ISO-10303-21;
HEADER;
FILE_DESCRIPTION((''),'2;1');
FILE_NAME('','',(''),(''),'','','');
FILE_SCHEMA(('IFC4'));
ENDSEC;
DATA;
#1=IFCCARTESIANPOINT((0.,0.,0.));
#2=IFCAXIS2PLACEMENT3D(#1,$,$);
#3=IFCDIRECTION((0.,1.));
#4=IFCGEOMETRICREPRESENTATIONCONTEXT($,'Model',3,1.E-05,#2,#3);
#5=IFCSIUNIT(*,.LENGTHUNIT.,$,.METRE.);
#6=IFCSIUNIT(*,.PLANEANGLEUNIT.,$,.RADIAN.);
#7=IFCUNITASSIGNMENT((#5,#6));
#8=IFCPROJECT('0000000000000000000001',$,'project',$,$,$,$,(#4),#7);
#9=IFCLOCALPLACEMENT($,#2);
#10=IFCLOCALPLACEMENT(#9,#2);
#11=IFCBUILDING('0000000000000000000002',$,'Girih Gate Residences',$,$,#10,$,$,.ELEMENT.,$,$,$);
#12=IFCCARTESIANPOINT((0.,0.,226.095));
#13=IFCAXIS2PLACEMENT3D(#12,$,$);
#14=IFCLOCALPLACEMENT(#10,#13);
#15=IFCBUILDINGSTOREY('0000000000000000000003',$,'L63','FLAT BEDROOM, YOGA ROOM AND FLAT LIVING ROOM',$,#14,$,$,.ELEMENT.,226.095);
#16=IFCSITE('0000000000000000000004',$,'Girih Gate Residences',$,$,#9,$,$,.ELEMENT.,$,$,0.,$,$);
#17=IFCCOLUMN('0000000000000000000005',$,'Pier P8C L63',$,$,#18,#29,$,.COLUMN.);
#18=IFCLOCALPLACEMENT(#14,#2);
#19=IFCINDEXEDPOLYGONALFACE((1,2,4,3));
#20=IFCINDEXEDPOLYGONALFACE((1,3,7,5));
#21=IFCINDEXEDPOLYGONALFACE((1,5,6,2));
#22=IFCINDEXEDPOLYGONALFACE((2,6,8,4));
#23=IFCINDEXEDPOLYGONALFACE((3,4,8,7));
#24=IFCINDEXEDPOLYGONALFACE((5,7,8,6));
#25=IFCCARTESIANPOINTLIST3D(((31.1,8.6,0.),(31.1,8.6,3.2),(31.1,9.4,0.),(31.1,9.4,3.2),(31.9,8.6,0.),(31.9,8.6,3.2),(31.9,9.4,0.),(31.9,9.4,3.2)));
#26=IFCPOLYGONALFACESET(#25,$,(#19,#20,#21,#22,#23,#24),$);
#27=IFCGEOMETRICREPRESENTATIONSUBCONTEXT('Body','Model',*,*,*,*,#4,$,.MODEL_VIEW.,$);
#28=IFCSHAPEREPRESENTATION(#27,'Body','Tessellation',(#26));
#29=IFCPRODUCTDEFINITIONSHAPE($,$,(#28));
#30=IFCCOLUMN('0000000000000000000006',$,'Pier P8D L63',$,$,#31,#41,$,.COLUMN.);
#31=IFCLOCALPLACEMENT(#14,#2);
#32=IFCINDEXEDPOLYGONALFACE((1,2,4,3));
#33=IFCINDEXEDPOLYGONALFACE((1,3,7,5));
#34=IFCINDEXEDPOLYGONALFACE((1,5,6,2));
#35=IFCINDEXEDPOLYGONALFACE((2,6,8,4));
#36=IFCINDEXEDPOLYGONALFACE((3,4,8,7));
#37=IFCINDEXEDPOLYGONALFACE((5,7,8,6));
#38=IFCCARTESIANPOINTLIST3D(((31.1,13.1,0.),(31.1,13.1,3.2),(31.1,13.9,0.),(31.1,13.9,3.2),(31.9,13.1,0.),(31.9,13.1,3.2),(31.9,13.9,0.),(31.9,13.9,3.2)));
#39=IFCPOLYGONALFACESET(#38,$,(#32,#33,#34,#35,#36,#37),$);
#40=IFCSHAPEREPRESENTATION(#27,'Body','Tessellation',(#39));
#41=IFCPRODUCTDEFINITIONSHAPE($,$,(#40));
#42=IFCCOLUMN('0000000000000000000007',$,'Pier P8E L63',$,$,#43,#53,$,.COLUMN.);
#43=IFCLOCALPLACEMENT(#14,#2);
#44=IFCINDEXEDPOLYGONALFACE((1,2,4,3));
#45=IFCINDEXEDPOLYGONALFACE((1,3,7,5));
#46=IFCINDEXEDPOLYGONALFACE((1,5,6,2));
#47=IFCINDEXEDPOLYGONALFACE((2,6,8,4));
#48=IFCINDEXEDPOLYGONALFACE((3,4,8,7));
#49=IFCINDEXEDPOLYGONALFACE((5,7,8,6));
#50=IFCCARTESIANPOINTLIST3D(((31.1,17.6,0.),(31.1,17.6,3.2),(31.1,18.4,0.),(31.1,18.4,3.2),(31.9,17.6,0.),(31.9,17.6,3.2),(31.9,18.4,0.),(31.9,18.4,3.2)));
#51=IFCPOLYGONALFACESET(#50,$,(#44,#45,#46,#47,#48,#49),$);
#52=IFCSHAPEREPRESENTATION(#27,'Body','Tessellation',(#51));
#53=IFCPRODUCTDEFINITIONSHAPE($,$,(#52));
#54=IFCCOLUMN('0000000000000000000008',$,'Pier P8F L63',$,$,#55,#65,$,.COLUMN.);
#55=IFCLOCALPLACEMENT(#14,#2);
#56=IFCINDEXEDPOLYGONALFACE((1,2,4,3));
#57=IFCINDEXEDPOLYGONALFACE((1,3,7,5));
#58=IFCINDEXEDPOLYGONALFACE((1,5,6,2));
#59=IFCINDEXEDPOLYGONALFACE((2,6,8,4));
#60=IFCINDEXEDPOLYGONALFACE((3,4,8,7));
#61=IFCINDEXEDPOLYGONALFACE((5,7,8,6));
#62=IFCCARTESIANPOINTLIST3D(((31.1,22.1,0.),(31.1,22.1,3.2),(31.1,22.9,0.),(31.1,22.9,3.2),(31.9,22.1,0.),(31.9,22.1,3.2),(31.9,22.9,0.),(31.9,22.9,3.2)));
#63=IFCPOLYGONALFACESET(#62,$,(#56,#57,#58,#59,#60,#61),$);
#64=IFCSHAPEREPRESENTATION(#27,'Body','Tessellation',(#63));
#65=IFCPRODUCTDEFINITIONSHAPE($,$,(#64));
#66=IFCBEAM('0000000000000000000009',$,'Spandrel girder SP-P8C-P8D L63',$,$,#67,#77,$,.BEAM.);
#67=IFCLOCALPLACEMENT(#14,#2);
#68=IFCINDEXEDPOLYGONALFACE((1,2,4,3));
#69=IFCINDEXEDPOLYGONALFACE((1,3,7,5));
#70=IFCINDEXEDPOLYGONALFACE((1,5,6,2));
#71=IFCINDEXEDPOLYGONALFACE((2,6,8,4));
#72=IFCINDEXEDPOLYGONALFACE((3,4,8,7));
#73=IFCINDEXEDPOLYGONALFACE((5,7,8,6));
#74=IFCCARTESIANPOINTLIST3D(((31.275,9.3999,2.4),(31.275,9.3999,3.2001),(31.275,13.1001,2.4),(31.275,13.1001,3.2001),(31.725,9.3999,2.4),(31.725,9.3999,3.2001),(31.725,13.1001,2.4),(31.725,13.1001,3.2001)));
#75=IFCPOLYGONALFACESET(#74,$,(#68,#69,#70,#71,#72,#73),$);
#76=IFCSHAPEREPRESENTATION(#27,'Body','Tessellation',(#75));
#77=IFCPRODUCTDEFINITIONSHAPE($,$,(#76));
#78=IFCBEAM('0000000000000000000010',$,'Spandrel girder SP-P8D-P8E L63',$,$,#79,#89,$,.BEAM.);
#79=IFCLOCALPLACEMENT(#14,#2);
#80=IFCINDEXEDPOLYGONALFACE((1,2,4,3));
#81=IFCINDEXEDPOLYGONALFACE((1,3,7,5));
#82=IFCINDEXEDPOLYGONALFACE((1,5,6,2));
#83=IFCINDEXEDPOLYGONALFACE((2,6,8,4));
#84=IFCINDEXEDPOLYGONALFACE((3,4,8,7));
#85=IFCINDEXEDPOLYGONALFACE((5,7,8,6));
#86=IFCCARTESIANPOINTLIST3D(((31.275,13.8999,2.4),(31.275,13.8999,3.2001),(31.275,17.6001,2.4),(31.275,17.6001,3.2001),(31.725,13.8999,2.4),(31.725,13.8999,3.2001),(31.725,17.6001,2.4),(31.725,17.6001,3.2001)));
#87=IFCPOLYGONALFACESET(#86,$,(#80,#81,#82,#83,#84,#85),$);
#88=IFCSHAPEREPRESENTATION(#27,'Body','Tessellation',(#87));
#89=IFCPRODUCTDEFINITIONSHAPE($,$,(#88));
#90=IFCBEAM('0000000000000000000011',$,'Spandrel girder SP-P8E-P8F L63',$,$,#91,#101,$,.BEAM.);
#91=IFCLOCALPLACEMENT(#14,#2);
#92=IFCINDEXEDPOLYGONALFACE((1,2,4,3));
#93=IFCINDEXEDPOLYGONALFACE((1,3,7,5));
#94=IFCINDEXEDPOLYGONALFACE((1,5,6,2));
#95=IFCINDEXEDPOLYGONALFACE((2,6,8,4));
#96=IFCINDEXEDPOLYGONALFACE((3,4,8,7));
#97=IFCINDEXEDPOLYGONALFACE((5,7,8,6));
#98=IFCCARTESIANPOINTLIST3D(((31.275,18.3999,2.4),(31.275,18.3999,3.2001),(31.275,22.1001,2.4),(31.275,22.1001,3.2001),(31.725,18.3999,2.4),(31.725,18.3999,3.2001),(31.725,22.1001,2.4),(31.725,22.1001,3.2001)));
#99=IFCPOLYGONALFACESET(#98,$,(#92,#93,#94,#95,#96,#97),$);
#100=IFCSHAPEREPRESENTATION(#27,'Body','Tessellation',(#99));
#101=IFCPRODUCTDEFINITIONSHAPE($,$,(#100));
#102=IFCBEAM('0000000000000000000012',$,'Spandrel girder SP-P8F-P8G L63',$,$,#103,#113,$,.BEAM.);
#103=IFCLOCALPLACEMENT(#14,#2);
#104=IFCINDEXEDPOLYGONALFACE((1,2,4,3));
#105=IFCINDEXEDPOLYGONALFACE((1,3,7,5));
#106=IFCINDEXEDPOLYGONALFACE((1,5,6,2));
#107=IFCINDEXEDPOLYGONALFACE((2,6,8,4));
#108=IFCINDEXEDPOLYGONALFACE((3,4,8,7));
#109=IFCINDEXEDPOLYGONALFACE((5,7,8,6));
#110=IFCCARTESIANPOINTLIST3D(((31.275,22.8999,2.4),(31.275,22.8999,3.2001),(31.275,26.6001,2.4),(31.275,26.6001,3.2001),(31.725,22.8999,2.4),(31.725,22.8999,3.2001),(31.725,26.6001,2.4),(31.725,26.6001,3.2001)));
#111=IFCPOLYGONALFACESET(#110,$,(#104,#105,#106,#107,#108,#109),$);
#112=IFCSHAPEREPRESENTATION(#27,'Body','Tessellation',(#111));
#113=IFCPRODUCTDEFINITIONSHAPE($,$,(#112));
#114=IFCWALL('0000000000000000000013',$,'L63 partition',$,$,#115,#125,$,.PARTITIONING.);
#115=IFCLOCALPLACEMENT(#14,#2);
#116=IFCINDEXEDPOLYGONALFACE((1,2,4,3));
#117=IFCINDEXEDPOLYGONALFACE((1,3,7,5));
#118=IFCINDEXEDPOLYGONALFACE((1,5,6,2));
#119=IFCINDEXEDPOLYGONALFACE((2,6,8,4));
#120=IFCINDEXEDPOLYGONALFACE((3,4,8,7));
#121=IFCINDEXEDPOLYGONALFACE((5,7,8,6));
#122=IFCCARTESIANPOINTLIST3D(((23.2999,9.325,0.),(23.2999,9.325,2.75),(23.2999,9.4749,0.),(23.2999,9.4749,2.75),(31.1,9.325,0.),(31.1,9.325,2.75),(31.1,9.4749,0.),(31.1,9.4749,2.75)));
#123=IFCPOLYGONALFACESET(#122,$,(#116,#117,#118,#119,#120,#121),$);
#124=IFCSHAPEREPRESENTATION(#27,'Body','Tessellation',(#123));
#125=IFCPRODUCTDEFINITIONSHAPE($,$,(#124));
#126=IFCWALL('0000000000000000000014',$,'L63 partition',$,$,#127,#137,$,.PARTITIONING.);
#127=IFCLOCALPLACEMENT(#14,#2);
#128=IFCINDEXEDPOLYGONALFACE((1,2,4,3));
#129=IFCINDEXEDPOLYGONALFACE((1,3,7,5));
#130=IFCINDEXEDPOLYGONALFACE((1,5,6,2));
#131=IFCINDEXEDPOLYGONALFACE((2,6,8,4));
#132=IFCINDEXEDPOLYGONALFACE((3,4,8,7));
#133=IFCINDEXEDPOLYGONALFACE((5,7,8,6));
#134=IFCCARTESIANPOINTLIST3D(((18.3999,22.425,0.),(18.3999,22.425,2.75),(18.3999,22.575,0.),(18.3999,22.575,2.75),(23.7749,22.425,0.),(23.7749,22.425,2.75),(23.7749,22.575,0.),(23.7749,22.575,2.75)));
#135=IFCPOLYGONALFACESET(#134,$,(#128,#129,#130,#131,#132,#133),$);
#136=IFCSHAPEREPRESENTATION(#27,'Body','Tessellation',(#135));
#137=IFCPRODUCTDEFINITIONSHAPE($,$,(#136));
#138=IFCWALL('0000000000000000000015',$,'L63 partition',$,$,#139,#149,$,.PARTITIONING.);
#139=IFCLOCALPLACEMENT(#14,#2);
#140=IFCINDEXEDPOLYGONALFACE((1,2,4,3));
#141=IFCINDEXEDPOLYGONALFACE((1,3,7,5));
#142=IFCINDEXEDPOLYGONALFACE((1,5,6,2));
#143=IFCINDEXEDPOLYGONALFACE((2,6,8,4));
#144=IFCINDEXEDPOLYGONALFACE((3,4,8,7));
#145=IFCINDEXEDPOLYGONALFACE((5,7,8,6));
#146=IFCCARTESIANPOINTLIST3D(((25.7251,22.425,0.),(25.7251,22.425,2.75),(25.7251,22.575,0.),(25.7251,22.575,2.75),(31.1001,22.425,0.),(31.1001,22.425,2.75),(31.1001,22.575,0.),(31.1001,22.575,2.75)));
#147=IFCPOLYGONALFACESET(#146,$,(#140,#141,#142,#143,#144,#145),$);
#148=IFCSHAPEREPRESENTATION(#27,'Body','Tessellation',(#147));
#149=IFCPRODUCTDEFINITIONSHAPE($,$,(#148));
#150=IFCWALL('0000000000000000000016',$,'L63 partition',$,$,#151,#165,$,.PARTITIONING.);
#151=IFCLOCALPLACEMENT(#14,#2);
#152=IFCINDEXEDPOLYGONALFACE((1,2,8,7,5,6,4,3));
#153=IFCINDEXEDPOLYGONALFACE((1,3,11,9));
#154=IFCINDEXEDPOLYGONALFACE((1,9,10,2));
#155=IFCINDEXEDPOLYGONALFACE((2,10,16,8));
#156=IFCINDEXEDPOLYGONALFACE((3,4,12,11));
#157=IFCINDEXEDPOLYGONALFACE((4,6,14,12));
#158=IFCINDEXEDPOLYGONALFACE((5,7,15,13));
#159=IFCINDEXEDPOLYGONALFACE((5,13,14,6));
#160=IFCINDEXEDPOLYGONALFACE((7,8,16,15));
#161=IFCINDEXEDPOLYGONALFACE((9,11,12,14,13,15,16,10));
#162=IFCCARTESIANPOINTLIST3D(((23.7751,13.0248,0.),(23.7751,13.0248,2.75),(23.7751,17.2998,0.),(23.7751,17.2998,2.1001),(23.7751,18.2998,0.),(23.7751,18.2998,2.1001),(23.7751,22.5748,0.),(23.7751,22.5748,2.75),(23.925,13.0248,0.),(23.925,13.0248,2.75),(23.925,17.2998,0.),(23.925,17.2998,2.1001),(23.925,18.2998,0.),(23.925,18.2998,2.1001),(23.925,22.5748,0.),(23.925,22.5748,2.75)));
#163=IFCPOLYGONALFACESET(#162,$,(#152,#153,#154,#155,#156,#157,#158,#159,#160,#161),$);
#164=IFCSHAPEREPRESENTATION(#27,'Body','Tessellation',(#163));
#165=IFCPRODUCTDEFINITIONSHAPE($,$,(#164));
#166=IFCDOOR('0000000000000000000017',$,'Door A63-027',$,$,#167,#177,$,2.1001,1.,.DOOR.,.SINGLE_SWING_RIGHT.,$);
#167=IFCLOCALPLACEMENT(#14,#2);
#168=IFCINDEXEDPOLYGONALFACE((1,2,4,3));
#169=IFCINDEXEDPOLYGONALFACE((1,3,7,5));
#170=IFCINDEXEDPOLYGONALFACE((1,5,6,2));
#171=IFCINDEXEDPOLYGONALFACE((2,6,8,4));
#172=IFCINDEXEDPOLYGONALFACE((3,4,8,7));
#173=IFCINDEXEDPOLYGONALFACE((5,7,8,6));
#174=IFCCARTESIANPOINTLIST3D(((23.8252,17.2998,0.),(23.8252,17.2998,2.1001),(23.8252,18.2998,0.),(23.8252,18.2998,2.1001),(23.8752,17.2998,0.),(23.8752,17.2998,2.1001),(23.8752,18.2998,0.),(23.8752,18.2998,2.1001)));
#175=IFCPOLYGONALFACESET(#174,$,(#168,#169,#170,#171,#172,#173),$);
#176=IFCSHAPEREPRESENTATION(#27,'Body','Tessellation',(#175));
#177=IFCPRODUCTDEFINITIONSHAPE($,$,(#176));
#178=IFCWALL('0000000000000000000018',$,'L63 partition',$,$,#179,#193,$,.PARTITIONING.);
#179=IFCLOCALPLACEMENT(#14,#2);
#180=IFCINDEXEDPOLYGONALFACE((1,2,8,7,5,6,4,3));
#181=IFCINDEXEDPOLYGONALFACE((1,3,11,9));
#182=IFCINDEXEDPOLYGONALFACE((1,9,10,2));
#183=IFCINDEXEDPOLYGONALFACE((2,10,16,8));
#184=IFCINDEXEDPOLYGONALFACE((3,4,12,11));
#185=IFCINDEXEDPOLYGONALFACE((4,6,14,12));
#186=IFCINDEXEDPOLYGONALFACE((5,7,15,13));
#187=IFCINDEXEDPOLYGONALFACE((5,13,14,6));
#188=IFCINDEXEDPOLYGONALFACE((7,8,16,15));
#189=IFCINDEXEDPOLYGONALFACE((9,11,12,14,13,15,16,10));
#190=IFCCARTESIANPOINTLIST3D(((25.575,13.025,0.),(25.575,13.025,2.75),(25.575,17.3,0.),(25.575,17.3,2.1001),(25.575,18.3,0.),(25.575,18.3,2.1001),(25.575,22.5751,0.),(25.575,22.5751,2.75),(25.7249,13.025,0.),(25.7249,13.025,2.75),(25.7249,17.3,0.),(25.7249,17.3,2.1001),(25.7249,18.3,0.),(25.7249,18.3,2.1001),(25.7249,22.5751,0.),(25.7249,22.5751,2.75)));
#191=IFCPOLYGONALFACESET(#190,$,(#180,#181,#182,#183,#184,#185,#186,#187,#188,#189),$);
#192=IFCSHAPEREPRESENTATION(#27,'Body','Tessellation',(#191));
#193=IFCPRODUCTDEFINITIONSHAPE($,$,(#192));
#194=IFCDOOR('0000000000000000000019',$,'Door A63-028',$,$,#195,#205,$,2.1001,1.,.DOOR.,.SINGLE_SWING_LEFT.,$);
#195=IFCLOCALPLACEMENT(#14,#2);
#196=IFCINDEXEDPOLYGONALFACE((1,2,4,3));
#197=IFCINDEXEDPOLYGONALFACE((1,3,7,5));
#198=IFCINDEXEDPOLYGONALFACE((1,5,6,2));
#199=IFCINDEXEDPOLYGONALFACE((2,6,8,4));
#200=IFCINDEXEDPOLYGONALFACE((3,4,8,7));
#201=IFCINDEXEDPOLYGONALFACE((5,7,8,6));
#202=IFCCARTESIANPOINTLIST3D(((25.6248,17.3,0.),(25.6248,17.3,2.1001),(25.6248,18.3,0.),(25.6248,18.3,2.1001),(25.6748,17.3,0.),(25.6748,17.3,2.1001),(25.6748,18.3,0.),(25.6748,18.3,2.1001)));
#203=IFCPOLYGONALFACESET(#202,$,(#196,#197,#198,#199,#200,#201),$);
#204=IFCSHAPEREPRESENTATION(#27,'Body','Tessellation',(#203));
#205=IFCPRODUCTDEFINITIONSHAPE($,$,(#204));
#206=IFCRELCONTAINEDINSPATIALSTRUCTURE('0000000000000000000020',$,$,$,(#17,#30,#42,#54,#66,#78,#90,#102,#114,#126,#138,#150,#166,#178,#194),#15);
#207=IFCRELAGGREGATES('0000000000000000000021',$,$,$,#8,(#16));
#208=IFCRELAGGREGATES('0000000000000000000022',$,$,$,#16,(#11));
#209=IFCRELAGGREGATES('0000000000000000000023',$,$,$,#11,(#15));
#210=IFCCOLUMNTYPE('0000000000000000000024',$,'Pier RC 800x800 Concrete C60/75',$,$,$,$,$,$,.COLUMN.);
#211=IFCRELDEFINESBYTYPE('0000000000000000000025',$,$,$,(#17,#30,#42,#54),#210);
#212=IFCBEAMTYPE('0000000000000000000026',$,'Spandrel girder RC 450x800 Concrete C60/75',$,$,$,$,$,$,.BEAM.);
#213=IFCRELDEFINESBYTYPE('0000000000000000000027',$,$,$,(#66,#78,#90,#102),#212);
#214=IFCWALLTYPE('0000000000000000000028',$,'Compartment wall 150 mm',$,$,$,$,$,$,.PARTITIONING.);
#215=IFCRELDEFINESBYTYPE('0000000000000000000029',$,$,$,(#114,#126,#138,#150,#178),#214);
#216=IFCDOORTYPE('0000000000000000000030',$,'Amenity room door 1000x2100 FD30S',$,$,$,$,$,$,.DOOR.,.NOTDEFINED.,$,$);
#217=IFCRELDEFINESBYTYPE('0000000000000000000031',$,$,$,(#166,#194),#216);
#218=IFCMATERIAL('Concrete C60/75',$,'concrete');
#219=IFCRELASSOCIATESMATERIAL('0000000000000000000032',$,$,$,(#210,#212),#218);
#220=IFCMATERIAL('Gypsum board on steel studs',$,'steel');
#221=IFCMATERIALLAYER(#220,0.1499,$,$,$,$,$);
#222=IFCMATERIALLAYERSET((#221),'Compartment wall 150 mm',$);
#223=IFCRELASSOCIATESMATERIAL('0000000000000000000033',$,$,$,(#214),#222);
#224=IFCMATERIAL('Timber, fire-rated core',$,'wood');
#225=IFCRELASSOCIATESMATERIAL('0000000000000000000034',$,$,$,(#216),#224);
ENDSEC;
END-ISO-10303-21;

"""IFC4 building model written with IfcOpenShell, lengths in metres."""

from ifc_helpers import new_model, si_unit, direction, frame, frame_2d, origin, origin_2d, place, context, subcontext, project, spatial, rectangle, extrude, material, layer, layer_set, material_profile, profile_set, type_object, element, fill, save


model = new_model("IFC4")

# Units and contexts
model_context = context("Model", 3, precision=1e-05, world=origin(), true_north=direction((0.0, 1.0)))
body_context = subcontext(model_context, "Body", "Model", "MODEL_VIEW")
ifc_project = project(units=[si_unit("LENGTHUNIT", "METRE"), si_unit("PLANEANGLEUNIT", "RADIAN")], contexts=[model_context])

# Site, building, storey
site_placement = place(None, origin())
site = spatial("IfcSite", under=ifc_project, at=site_placement, Name="Girih Gate Residences", CompositionType="ELEMENT", RefElevation=0.0)
building_placement = place(site_placement, origin())
building = spatial("IfcBuilding", under=site, at=building_placement, Name="Girih Gate Residences", CompositionType="ELEMENT")
storey_placement = place(building_placement, frame((0.0, 0.0, 226.095)))
storey = spatial("IfcBuildingStorey", under=building, at=storey_placement, Name="L63", Description="FLAT BEDROOM, YOGA ROOM AND FLAT LIVING ROOM", CompositionType="ELEMENT", Elevation=226.095)

# Columns
ifc_material_1 = material(Name="Concrete C60/75", Category="concrete")
ifc_material_profile_1 = material_profile(ifc_material_1, rectangle(XDim=0.8, YDim=0.8, at=origin_2d()))
ifc_profile_set_1 = profile_set([ifc_material_profile_1], Name="Concrete C60/75")
column_type = type_object("IfcColumnType", Name="Pier RC 800x800 Concrete C60/75", PredefinedType="COLUMN", material=ifc_profile_set_1)
for number, where, z_axis, x_axis, name in (
    (1, (31.5, 9.0, 0.0), (0.0, 0.0, 1.0), (1.0, 0.0, 0.0), "Pier P8C L63"),
    (2, (31.5, 13.5, 0.0), (0.0, 0.0, 1.0), (1.0, 0.0, 0.0), "Pier P8D L63"),
    (3, (31.5, 18.0, 0.0), (0.0, 0.0, 1.0), (1.0, 0.0, 0.0), "Pier P8E L63"),
    (4, (31.5, 22.5, 0.0), (0.0, 0.0, 1.0), (1.0, 0.0, 0.0), "Pier P8F L63"),
):
    element("IfcColumn", number, at=place(storey_placement, frame(where, z_axis=z_axis, x_axis=x_axis)), inside=storey, type_object=column_type, Name=name, PredefinedType="COLUMN", context=body_context, shape_type="SweptSolid", body=[
        extrude(rectangle(XDim=0.8, YDim=0.8, at=origin_2d()), origin(), (0.0, 0.0, 1.0), 3.2),
    ])

# Beams
ifc_material_profile_2 = material_profile(ifc_material_1, rectangle(XDim=0.45, YDim=0.8, at=origin_2d()))
ifc_profile_set_2 = profile_set([ifc_material_profile_2], Name="Concrete C60/75")
beam_type = type_object("IfcBeamType", Name="Spandrel girder RC 450x800 Concrete C60/75", PredefinedType="BEAM", material=ifc_profile_set_2)
for number, where, z_axis, x_axis, name in (
    (5, (31.5, 9.3999, 2.8), (0.0, 1.0, 0.0), (-1.0, 0.0, 0.0), "Spandrel girder SP-P8C-P8D L63"),
    (6, (31.5, 13.8999, 2.8), (0.0, 1.0, 0.0), (-1.0, 0.0, 0.0), "Spandrel girder SP-P8D-P8E L63"),
    (7, (31.5, 18.3999, 2.8), (0.0, 1.0, 0.0), (-1.0, 0.0, 0.0), "Spandrel girder SP-P8E-P8F L63"),
    (8, (31.5, 22.8999, 2.8), (0.0, 1.0, 0.0), (-1.0, 0.0, 0.0), "Spandrel girder SP-P8F-P8G L63"),
):
    element("IfcBeam", number, at=place(storey_placement, frame(where, z_axis=z_axis, x_axis=x_axis)), inside=storey, type_object=beam_type, Name=name, PredefinedType="BEAM", context=body_context, shape_type="SweptSolid", body=[
        extrude(rectangle(XDim=0.45, YDim=0.8, at=origin_2d()), origin(), (0.0, 0.0, 1.0), 3.7002),
    ])

# Shared definitions
ifc_material_2 = material(Name="Gypsum board on steel studs", Category="steel")
ifc_layer_1 = layer(ifc_material_2, 0.1499)
ifc_layer_set_1 = layer_set([ifc_layer_1], Name="Compartment wall 150 mm")
wall_type_1 = type_object("IfcWallType", Name="Compartment wall 150 mm", PredefinedType="PARTITIONING", material=ifc_layer_set_1)
ifc_material_3 = material(Name="Timber, fire-rated core", Category="wood")

# Walls
wall_1_placement = place(storey_placement, frame((23.3, 9.3999, 0.0), z_axis=(0.0, 0.0, 1.0), x_axis=(1.0, 0.0, 0.0)))
element("IfcWall", 9, at=wall_1_placement, inside=storey, type_object=wall_type_1, Name="L63 partition", PredefinedType="PARTITIONING", context=body_context, shape_type="SweptSolid", body=[
    extrude(rectangle(XDim=7.8, YDim=0.1499, at=frame_2d((3.8999, 0.0))), origin(), (0.0, 0.0, 1.0), 2.75),
])
for number, where, z_axis, x_axis, name in (
    (10, (18.3999, 22.5, 0.0), (0.0, 0.0, 1.0), (1.0, 0.0, 0.0), "L63 partition"),
    (11, (25.7251, 22.5, 0.0), (0.0, 0.0, 1.0), (1.0, 0.0, 0.0), "L63 partition"),
):
    element("IfcWall", number, at=place(storey_placement, frame(where, z_axis=z_axis, x_axis=x_axis)), inside=storey, type_object=wall_type_1, Name=name, PredefinedType="PARTITIONING", context=body_context, shape_type="SweptSolid", body=[
        extrude(rectangle(XDim=5.375, YDim=0.1499, at=frame_2d((2.6875, 0.0))), origin(), (0.0, 0.0, 1.0), 2.75),
    ])

# Walls, openings, doors
wall_2_placement = place(storey_placement, frame((23.8501, 13.0249, 0.0), z_axis=(0.0, 0.0, 1.0), x_axis=(0.0, 1.0, 0.0)))
wall_2 = element("IfcWall", 12, at=wall_2_placement, inside=storey, type_object=wall_type_1, Name="L63 partition", PredefinedType="PARTITIONING", context=body_context, shape_type="SweptSolid", body=[
    extrude(rectangle(XDim=9.55, YDim=0.1499, at=frame_2d((4.7749, 0.0))), origin(), (0.0, 0.0, 1.0), 2.75),
])
opening_1_placement = place(wall_2_placement, frame((4.2749, 0.0, 0.0)))
opening_1 = element("IfcOpeningElement", 13, at=opening_1_placement, cuts=wall_2, PredefinedType="OPENING", context=body_context, shape_type="SweptSolid", body=[
    extrude(rectangle(XDim=1.0, YDim=2.1001, at=frame_2d((0.5, 1.05))), frame((0.0, 0.085, 0.0), z_axis=(0.0, -1.0, 0.0), x_axis=(1.0, 0.0, 0.0)), (0.0, 0.0, 1.0), 0.1699),
])
door_type_1 = type_object("IfcDoorType", Name="Amenity room door 1000x2100 FD30S", OperationType="NOTDEFINED", PredefinedType="DOOR", material=ifc_material_3)
door_1_placement = place(opening_1_placement, origin())
door_1 = element("IfcDoor", 14, at=door_1_placement, inside=storey, type_object=door_type_1, Name="Door A63-027", OperationType="SINGLE_SWING_RIGHT", OverallHeight=2.1001, OverallWidth=1.0, PredefinedType="DOOR", context=body_context, shape_type="SweptSolid", body=[
    extrude(rectangle(XDim=1.0, YDim=2.1001, at=frame_2d((0.5, 1.05))), frame((0.0, 0.0249, 0.0), z_axis=(0.0, -1.0, 0.0), x_axis=(1.0, 0.0, 0.0)), (0.0, 0.0, 1.0), 0.05),
])
fill(opening_1, door_1)
wall_3_placement = place(storey_placement, frame((25.6499, 22.575, 0.0), z_axis=(0.0, 0.0, 1.0), x_axis=(0.0, -1.0, 0.0)))
wall_3 = element("IfcWall", 15, at=wall_3_placement, inside=storey, type_object=wall_type_1, Name="L63 partition", PredefinedType="PARTITIONING", context=body_context, shape_type="SweptSolid", body=[
    extrude(rectangle(XDim=9.55, YDim=0.1499, at=frame_2d((4.7749, 0.0))), origin(), (0.0, 0.0, 1.0), 2.75),
])
opening_2_placement = place(wall_3_placement, frame((4.2749, 0.0, 0.0)))
opening_2 = element("IfcOpeningElement", 16, at=opening_2_placement, cuts=wall_3, PredefinedType="OPENING", context=body_context, shape_type="SweptSolid", body=[
    extrude(rectangle(XDim=1.0, YDim=2.1001, at=frame_2d((0.5, 1.05))), frame((0.0, 0.085, 0.0), z_axis=(0.0, -1.0, 0.0), x_axis=(1.0, 0.0, 0.0)), (0.0, 0.0, 1.0), 0.1699),
])
door_2_placement = place(opening_2_placement, origin())
door_2 = element("IfcDoor", 17, at=door_2_placement, inside=storey, type_object=door_type_1, Name="Door A63-028", OperationType="SINGLE_SWING_LEFT", OverallHeight=2.1001, OverallWidth=1.0, PredefinedType="DOOR", context=body_context, shape_type="SweptSolid", body=[
    extrude(rectangle(XDim=1.0, YDim=2.1001, at=frame_2d((0.5, 1.05))), frame((0.0, 0.0249, 0.0), z_axis=(0.0, -1.0, 0.0), x_axis=(1.0, 0.0, 0.0)), (0.0, 0.0, 1.0), 0.05),
])
fill(opening_2, door_2)

save(model, "model.ifc")
